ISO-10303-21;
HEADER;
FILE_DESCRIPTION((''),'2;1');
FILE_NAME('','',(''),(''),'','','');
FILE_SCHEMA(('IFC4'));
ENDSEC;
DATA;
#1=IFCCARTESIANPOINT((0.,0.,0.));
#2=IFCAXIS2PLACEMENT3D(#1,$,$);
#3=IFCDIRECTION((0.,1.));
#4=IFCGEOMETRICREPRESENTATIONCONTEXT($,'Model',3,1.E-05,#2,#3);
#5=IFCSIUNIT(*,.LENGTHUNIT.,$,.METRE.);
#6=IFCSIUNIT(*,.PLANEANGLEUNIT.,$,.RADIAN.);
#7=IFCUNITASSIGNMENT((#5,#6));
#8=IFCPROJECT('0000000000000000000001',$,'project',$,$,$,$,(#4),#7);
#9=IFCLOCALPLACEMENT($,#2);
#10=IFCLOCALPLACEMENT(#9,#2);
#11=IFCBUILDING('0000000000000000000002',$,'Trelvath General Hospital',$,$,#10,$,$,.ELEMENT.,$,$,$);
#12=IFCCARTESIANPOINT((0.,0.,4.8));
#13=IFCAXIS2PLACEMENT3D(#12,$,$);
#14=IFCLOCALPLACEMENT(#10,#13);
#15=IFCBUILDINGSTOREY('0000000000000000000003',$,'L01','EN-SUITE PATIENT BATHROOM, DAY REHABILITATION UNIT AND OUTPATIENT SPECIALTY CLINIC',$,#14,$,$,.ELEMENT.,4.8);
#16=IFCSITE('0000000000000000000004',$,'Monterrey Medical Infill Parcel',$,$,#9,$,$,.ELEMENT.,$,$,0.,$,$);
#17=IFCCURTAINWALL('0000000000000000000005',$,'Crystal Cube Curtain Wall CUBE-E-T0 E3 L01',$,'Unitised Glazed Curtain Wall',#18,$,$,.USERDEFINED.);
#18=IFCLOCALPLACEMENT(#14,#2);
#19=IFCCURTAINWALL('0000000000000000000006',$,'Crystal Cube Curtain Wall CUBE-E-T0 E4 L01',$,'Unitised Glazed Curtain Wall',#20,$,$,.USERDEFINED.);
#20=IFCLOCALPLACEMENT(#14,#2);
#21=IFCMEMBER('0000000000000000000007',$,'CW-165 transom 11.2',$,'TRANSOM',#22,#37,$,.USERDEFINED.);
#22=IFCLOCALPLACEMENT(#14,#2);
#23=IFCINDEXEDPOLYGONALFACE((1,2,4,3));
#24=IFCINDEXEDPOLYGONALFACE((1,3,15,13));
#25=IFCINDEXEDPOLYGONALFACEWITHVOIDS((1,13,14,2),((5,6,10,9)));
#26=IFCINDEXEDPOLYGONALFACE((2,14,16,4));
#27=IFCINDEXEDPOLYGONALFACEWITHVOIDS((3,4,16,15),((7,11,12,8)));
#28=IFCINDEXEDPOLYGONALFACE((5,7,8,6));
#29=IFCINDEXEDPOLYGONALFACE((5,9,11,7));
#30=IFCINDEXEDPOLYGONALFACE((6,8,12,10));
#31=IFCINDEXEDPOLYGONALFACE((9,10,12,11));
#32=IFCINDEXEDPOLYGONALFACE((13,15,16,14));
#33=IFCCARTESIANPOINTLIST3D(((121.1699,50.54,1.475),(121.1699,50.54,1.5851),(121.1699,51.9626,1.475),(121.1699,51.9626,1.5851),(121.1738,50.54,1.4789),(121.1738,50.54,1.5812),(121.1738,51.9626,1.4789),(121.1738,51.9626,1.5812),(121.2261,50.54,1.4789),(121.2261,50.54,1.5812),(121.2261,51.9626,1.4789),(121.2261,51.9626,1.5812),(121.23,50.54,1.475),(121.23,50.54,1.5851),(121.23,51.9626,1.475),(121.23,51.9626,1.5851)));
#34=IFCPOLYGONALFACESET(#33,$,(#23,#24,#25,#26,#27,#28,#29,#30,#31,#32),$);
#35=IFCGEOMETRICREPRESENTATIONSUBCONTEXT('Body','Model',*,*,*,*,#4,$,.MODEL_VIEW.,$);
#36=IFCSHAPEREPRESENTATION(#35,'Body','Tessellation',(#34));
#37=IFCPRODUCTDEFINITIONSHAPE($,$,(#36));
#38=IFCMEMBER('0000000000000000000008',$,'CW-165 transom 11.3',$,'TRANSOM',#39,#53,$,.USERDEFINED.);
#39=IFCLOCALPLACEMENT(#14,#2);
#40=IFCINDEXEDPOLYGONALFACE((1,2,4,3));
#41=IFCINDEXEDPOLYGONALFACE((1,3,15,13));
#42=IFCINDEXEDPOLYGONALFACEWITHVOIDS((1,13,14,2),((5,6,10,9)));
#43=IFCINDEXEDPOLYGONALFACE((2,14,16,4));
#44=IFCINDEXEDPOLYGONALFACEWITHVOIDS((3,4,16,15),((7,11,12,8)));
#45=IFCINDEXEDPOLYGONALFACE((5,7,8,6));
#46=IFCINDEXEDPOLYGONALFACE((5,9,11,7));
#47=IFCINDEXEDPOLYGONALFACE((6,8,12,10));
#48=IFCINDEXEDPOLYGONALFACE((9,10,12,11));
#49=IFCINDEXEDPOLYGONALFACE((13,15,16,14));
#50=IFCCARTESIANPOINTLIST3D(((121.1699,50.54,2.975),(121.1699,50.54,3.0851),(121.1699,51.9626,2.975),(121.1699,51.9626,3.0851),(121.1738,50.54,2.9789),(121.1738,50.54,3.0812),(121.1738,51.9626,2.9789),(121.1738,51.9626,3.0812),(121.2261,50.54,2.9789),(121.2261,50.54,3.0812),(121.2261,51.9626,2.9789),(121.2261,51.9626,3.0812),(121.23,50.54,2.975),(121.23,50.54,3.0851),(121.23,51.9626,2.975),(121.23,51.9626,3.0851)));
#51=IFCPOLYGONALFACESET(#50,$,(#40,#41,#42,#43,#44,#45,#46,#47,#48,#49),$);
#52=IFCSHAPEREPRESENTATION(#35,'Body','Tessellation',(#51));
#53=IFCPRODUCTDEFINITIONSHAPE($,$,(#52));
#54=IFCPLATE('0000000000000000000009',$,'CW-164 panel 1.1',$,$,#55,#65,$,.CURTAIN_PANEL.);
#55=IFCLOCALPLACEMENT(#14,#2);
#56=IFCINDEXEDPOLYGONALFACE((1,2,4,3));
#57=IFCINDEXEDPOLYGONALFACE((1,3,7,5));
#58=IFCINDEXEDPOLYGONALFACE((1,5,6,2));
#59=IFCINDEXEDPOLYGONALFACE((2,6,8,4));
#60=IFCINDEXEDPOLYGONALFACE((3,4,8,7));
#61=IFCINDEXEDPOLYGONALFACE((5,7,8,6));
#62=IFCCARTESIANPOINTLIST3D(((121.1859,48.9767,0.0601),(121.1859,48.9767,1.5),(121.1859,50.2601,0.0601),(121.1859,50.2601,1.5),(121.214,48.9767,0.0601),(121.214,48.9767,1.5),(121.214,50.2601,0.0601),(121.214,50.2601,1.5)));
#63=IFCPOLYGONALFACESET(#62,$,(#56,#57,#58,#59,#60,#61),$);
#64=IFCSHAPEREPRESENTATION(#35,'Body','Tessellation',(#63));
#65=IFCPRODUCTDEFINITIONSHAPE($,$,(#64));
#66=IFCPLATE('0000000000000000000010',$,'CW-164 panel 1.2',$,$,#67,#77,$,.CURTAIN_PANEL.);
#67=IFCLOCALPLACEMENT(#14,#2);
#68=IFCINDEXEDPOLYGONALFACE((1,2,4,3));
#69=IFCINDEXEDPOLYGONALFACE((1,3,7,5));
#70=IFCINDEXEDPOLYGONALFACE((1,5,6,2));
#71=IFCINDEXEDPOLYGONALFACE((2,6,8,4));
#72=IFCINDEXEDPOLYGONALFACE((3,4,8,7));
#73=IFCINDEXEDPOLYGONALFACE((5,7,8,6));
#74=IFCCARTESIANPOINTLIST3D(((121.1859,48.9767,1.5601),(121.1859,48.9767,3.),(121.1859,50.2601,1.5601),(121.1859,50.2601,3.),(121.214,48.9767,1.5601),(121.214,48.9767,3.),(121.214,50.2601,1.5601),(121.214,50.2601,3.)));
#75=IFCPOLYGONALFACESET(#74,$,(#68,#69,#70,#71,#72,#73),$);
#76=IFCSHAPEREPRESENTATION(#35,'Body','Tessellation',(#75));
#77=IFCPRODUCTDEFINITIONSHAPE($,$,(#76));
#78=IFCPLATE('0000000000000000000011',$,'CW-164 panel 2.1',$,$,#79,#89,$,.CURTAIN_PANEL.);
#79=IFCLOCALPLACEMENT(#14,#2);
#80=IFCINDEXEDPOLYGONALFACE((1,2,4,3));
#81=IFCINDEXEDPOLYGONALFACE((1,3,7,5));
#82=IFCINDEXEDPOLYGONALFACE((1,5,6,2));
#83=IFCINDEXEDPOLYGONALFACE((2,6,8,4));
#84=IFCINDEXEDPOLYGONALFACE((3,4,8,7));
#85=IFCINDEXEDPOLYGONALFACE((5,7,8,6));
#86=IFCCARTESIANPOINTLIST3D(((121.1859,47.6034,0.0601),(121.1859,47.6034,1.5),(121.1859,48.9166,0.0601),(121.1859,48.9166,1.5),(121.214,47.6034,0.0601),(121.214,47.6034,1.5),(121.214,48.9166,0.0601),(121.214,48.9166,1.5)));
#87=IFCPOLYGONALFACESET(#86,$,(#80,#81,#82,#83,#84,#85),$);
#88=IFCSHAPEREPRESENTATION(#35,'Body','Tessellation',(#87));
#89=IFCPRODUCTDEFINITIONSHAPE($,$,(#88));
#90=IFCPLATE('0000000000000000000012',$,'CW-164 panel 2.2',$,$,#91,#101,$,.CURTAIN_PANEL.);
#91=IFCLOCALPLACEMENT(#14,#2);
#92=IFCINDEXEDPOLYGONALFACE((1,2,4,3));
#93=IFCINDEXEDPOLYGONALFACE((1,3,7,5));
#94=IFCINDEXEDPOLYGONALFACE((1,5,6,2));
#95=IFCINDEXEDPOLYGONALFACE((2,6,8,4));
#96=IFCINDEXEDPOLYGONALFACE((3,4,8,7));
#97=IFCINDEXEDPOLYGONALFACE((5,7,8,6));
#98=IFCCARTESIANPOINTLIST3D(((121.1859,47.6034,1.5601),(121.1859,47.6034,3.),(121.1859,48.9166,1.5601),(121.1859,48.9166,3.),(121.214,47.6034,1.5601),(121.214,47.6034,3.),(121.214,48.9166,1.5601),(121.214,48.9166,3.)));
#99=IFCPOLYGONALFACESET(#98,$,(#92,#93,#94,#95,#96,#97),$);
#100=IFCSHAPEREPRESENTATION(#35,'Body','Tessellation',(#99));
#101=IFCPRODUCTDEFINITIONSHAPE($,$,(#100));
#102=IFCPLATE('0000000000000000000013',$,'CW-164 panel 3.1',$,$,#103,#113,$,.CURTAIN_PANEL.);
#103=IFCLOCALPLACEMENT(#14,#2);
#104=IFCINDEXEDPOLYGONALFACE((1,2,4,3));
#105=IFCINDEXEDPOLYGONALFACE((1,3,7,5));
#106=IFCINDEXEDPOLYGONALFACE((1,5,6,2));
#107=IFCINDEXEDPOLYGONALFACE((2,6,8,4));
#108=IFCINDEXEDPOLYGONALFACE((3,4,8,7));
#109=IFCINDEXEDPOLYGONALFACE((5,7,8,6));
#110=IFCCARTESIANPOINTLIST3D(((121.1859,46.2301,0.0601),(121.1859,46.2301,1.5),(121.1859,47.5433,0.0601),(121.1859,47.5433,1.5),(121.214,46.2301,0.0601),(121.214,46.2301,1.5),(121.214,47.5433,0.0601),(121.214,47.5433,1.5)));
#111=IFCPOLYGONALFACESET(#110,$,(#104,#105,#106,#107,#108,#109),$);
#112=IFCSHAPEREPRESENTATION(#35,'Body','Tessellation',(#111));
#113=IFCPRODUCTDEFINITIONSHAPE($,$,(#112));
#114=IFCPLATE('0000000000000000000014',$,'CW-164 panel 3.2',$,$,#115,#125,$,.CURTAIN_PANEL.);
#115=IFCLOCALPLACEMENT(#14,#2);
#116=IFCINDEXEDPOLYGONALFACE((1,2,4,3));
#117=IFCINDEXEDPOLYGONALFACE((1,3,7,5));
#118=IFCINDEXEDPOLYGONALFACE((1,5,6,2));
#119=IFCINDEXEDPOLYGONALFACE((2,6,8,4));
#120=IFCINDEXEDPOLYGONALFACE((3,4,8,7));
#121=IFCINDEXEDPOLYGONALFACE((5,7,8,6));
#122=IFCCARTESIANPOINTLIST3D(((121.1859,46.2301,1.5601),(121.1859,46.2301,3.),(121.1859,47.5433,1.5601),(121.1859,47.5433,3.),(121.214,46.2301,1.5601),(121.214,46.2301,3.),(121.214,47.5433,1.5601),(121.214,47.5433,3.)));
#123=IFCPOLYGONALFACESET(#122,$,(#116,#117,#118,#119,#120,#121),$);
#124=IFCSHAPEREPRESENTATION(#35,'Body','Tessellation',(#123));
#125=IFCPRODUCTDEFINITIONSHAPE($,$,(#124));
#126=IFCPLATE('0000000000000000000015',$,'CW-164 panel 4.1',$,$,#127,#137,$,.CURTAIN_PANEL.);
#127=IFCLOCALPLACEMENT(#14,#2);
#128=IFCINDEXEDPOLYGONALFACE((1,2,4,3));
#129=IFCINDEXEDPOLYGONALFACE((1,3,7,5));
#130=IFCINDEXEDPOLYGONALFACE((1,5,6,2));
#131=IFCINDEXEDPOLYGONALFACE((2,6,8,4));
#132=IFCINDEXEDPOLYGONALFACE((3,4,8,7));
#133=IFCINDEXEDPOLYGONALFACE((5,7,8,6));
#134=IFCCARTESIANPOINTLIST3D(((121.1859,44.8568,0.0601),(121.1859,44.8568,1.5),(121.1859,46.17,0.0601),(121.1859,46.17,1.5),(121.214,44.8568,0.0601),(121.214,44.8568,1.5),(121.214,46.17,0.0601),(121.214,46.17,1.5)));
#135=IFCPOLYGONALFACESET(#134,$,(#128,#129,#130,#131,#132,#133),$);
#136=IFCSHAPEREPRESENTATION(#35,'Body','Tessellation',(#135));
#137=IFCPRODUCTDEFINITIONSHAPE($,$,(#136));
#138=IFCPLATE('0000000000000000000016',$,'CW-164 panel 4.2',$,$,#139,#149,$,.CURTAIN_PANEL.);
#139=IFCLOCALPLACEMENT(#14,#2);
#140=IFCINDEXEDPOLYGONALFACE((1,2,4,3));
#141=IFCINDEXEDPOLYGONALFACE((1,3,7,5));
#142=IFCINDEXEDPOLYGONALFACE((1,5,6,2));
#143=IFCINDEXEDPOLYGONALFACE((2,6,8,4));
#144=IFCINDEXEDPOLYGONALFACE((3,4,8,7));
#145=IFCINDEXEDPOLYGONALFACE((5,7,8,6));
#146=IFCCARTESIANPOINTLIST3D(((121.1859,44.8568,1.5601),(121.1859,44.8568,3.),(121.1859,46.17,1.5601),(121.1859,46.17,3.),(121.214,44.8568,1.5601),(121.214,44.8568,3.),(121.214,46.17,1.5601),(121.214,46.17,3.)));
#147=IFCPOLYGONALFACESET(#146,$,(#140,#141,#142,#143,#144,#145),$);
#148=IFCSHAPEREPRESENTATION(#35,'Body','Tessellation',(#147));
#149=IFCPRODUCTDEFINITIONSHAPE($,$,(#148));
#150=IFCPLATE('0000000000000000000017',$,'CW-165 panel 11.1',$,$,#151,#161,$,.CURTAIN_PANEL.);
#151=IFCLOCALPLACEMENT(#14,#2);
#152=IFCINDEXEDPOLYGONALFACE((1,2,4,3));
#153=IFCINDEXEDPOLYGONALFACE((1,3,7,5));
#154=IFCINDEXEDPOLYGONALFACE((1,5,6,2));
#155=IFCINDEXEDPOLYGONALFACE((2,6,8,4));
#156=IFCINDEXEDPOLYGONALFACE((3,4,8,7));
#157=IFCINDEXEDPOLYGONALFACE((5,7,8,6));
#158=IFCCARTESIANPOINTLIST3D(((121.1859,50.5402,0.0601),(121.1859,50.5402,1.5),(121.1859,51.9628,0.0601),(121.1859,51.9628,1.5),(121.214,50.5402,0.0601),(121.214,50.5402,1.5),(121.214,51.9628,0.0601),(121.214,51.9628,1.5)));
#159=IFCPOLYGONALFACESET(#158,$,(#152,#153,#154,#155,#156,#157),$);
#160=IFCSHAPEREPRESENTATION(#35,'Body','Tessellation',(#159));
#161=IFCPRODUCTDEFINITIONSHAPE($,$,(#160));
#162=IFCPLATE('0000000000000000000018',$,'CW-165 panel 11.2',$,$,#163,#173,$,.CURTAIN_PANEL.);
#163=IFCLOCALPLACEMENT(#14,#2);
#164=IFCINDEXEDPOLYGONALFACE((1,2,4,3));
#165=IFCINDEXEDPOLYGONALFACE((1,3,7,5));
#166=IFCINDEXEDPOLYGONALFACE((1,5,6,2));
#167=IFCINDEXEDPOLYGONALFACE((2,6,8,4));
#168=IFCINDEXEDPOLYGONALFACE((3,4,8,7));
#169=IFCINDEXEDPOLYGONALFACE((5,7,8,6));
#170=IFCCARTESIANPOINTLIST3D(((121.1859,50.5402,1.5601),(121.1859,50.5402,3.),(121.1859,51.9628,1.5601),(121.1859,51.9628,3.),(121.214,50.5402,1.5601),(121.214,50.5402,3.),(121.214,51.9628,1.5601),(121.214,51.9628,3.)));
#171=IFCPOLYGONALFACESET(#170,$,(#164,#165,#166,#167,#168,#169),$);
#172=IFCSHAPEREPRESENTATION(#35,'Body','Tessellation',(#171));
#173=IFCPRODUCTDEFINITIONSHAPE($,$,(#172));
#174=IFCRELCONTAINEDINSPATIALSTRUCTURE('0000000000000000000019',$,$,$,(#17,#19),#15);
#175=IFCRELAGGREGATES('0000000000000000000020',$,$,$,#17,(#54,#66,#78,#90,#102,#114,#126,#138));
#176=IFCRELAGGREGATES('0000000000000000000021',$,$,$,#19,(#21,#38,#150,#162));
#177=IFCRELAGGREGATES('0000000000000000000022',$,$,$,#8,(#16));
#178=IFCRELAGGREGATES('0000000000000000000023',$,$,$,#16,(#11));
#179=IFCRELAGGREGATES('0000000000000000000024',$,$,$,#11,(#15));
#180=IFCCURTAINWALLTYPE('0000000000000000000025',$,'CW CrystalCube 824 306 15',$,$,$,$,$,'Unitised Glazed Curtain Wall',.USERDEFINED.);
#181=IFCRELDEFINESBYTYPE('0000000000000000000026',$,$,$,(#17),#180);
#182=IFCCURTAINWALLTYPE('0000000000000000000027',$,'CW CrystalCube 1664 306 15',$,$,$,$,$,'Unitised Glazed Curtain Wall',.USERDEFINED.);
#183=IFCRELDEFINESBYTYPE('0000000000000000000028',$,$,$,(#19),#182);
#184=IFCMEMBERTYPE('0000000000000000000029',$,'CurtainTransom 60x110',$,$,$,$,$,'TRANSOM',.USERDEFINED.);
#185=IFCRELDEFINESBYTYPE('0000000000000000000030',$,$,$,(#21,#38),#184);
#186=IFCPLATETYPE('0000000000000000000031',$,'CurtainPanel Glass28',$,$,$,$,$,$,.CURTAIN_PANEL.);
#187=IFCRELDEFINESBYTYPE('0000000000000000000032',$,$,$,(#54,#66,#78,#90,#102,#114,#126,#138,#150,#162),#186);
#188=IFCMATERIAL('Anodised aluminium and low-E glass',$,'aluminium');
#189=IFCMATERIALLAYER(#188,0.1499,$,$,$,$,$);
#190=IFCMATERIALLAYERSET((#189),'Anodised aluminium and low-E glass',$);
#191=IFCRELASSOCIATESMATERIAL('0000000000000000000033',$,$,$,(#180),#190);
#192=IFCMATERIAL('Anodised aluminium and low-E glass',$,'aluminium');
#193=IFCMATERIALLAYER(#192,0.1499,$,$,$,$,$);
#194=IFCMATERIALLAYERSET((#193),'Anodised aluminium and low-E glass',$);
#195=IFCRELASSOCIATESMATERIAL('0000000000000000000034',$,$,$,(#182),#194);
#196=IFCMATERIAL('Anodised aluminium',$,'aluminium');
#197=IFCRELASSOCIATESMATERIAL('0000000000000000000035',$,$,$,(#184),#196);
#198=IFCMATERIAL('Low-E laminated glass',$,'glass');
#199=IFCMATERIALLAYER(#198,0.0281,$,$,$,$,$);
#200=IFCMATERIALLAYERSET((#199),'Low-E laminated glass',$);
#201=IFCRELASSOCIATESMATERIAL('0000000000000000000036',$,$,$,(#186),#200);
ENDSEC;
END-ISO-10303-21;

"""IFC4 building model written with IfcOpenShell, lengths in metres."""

from ifc_helpers import new_model, si_unit, direction, frame, origin, origin_2d, place, context, subcontext, project, spatial, rectangle, hollow_rectangle, extrude, material, layer, layer_set, material_profile, profile_set, type_object, element, aggregate, save


model = new_model("IFC4")

# Units and contexts
model_context = context("Model", 3, precision=1e-05, world=origin(), true_north=direction((0.0, 1.0)))
body_context = subcontext(model_context, "Body", "Model", "MODEL_VIEW")
ifc_project = project(units=[si_unit("LENGTHUNIT", "METRE"), si_unit("PLANEANGLEUNIT", "RADIAN")], contexts=[model_context])

# Site, building, storey
site_placement = place(None, origin())
site = spatial("IfcSite", under=ifc_project, at=site_placement, Name="Monterrey Medical Infill Parcel", CompositionType="ELEMENT", RefElevation=0.0)
building_placement = place(site_placement, origin())
building = spatial("IfcBuilding", under=site, at=building_placement, Name="Trelvath General Hospital", CompositionType="ELEMENT")
storey_placement = place(building_placement, frame((0.0, 0.0, 4.8)))
storey = spatial("IfcBuildingStorey", under=building, at=storey_placement, Name="L01", Description="EN-SUITE PATIENT BATHROOM, DAY REHABILITATION UNIT AND OUTPATIENT SPECIALTY CLINIC", CompositionType="ELEMENT", Elevation=4.8)

# Curtain walls
ifc_material_1 = material(Name="Anodised aluminium and low-E glass", Category="aluminium")
ifc_layer_1 = layer(ifc_material_1, 0.1499)
ifc_layer_set_1 = layer_set([ifc_layer_1], Name="Anodised aluminium and low-E glass")
curtain_wall_type_1 = type_object("IfcCurtainWallType", Name="CW CrystalCube 824 306 15", ElementType="Unitised Glazed Curtain Wall", PredefinedType="USERDEFINED", material=ifc_layer_set_1)
curtain_wall_1_placement = place(storey_placement, origin())
curtain_wall_1 = element("IfcCurtainWall", 1, at=curtain_wall_1_placement, inside=storey, type_object=curtain_wall_type_1, Name="Crystal Cube Curtain Wall CUBE-E-T0 E3 L01", ObjectType="Unitised Glazed Curtain Wall", PredefinedType="USERDEFINED")
ifc_material_2 = material(Name="Anodised aluminium and low-E glass", Category="aluminium")
ifc_layer_2 = layer(ifc_material_2, 0.1499)
ifc_layer_set_2 = layer_set([ifc_layer_2], Name="Anodised aluminium and low-E glass")
curtain_wall_type_2 = type_object("IfcCurtainWallType", Name="CW CrystalCube 1664 306 15", ElementType="Unitised Glazed Curtain Wall", PredefinedType="USERDEFINED", material=ifc_layer_set_2)
curtain_wall_2_placement = place(storey_placement, origin())
curtain_wall_2 = element("IfcCurtainWall", 2, at=curtain_wall_2_placement, inside=storey, type_object=curtain_wall_type_2, Name="Crystal Cube Curtain Wall CUBE-E-T0 E4 L01", ObjectType="Unitised Glazed Curtain Wall", PredefinedType="USERDEFINED")

# Members
ifc_material_3 = material(Name="Anodised aluminium", Category="aluminium")
ifc_material_profile_1 = material_profile(ifc_material_3, hollow_rectangle(XDim=0.0601, YDim=0.1101, WallThickness=0.0039, at=origin_2d()), Name="RHS60x110x4")
ifc_profile_set_1 = profile_set([ifc_material_profile_1], Name="Anodised aluminium")
member_type_1 = type_object("IfcMemberType", Name="CurtainTransom 60x110", ElementType="TRANSOM", PredefinedType="USERDEFINED", material=ifc_profile_set_1)
member_1_placement = place(storey_placement, frame((121.2, 51.9626, 1.53), z_axis=(0.0, -1.0, 0.0), x_axis=(1.0, 0.0, 0.0)))
member_1 = element("IfcMember", 3, at=member_1_placement, type_object=member_type_1, Name="CW-165 transom 11.2", ObjectType="TRANSOM", PredefinedType="USERDEFINED", context=body_context, shape_type="SweptSolid", body=[
    extrude(hollow_rectangle(XDim=0.0601, YDim=0.1101, WallThickness=0.0039, at=origin_2d()), origin(), (0.0, 0.0, 1.0), 1.4226),
])
member_2_placement = place(storey_placement, frame((121.2, 51.9626, 3.03), z_axis=(0.0, -1.0, 0.0), x_axis=(1.0, 0.0, 0.0)))
member_2 = element("IfcMember", 4, at=member_2_placement, type_object=member_type_1, Name="CW-165 transom 11.3", ObjectType="TRANSOM", PredefinedType="USERDEFINED", context=body_context, shape_type="SweptSolid", body=[
    extrude(hollow_rectangle(XDim=0.0601, YDim=0.1101, WallThickness=0.0039, at=origin_2d()), origin(), (0.0, 0.0, 1.0), 1.4226),
])

# Plates
ifc_material_4 = material(Name="Low-E laminated glass", Category="glass")
ifc_layer_3 = layer(ifc_material_4, 0.0281)
ifc_layer_set_3 = layer_set([ifc_layer_3], Name="Low-E laminated glass")
plate_type = type_object("IfcPlateType", Name="CurtainPanel Glass28", PredefinedType="CURTAIN_PANEL", material=ifc_layer_set_3)
plate_1_placement = place(storey_placement, frame((121.2, 49.6184, 0.0601), z_axis=(0.0, 0.0, 1.0), x_axis=(0.0, -1.0, 0.0)))
plate_1 = element("IfcPlate", 5, at=plate_1_placement, type_object=plate_type, Name="CW-164 panel 1.1", PredefinedType="CURTAIN_PANEL", context=body_context, shape_type="SweptSolid", body=[
    extrude(rectangle(XDim=1.2834, YDim=0.0281, at=origin_2d()), origin(), (0.0, 0.0, 1.0), 1.4399),
])
plate_2_placement = place(storey_placement, frame((121.2, 49.6184, 1.5601), z_axis=(0.0, 0.0, 1.0), x_axis=(0.0, -1.0, 0.0)))
plate_2 = element("IfcPlate", 6, at=plate_2_placement, type_object=plate_type, Name="CW-164 panel 1.2", PredefinedType="CURTAIN_PANEL", context=body_context, shape_type="SweptSolid", body=[
    extrude(rectangle(XDim=1.2834, YDim=0.0281, at=origin_2d()), origin(), (0.0, 0.0, 1.0), 1.4399),
])
plate_3_placement = place(storey_placement, frame((121.2, 48.26, 0.0601), z_axis=(0.0, 0.0, 1.0), x_axis=(0.0, -1.0, 0.0)))
plate_3 = element("IfcPlate", 7, at=plate_3_placement, type_object=plate_type, Name="CW-164 panel 2.1", PredefinedType="CURTAIN_PANEL", context=body_context, shape_type="SweptSolid", body=[
    extrude(rectangle(XDim=1.3132, YDim=0.0281, at=origin_2d()), origin(), (0.0, 0.0, 1.0), 1.4399),
])
plate_4_placement = place(storey_placement, frame((121.2, 48.26, 1.5601), z_axis=(0.0, 0.0, 1.0), x_axis=(0.0, -1.0, 0.0)))
plate_4 = element("IfcPlate", 8, at=plate_4_placement, type_object=plate_type, Name="CW-164 panel 2.2", PredefinedType="CURTAIN_PANEL", context=body_context, shape_type="SweptSolid", body=[
    extrude(rectangle(XDim=1.3132, YDim=0.0281, at=origin_2d()), origin(), (0.0, 0.0, 1.0), 1.4399),
])
plate_5_placement = place(storey_placement, frame((121.2, 46.8867, 0.0601), z_axis=(0.0, 0.0, 1.0), x_axis=(0.0, -1.0, 0.0)))
plate_5 = element("IfcPlate", 9, at=plate_5_placement, type_object=plate_type, Name="CW-164 panel 3.1", PredefinedType="CURTAIN_PANEL", context=body_context, shape_type="SweptSolid", body=[
    extrude(rectangle(XDim=1.3132, YDim=0.0281, at=origin_2d()), origin(), (0.0, 0.0, 1.0), 1.4399),
])
plate_6_placement = place(storey_placement, frame((121.2, 46.8867, 1.5601), z_axis=(0.0, 0.0, 1.0), x_axis=(0.0, -1.0, 0.0)))
plate_6 = element("IfcPlate", 10, at=plate_6_placement, type_object=plate_type, Name="CW-164 panel 3.2", PredefinedType="CURTAIN_PANEL", context=body_context, shape_type="SweptSolid", body=[
    extrude(rectangle(XDim=1.3132, YDim=0.0281, at=origin_2d()), origin(), (0.0, 0.0, 1.0), 1.4399),
])
plate_7_placement = place(storey_placement, frame((121.2, 45.5134, 0.0601), z_axis=(0.0, 0.0, 1.0), x_axis=(0.0, -1.0, 0.0)))
plate_7 = element("IfcPlate", 11, at=plate_7_placement, type_object=plate_type, Name="CW-164 panel 4.1", PredefinedType="CURTAIN_PANEL", context=body_context, shape_type="SweptSolid", body=[
    extrude(rectangle(XDim=1.3132, YDim=0.0281, at=origin_2d()), origin(), (0.0, 0.0, 1.0), 1.4399),
])
plate_8_placement = place(storey_placement, frame((121.2, 45.5134, 1.5601), z_axis=(0.0, 0.0, 1.0), x_axis=(0.0, -1.0, 0.0)))
plate_8 = element("IfcPlate", 12, at=plate_8_placement, type_object=plate_type, Name="CW-164 panel 4.2", PredefinedType="CURTAIN_PANEL", context=body_context, shape_type="SweptSolid", body=[
    extrude(rectangle(XDim=1.3132, YDim=0.0281, at=origin_2d()), origin(), (0.0, 0.0, 1.0), 1.4399),
])
aggregate(curtain_wall_1, [plate_1, plate_2, plate_3, plate_4, plate_5, plate_6, plate_7, plate_8])
plate_9_placement = place(storey_placement, frame((121.2, 51.2515, 0.0601), z_axis=(0.0, 0.0, 1.0), x_axis=(0.0, -1.0, 0.0)))
plate_9 = element("IfcPlate", 13, at=plate_9_placement, type_object=plate_type, Name="CW-165 panel 11.1", PredefinedType="CURTAIN_PANEL", context=body_context, shape_type="SweptSolid", body=[
    extrude(rectangle(XDim=1.4226, YDim=0.0281, at=origin_2d()), origin(), (0.0, 0.0, 1.0), 1.4399),
])
plate_10_placement = place(storey_placement, frame((121.2, 51.2515, 1.5601), z_axis=(0.0, 0.0, 1.0), x_axis=(0.0, -1.0, 0.0)))
plate_10 = element("IfcPlate", 14, at=plate_10_placement, type_object=plate_type, Name="CW-165 panel 11.2", PredefinedType="CURTAIN_PANEL", context=body_context, shape_type="SweptSolid", body=[
    extrude(rectangle(XDim=1.4226, YDim=0.0281, at=origin_2d()), origin(), (0.0, 0.0, 1.0), 1.4399),
])
aggregate(curtain_wall_2, [member_1, member_2, plate_9, plate_10])

save(model, "model.ifc")
